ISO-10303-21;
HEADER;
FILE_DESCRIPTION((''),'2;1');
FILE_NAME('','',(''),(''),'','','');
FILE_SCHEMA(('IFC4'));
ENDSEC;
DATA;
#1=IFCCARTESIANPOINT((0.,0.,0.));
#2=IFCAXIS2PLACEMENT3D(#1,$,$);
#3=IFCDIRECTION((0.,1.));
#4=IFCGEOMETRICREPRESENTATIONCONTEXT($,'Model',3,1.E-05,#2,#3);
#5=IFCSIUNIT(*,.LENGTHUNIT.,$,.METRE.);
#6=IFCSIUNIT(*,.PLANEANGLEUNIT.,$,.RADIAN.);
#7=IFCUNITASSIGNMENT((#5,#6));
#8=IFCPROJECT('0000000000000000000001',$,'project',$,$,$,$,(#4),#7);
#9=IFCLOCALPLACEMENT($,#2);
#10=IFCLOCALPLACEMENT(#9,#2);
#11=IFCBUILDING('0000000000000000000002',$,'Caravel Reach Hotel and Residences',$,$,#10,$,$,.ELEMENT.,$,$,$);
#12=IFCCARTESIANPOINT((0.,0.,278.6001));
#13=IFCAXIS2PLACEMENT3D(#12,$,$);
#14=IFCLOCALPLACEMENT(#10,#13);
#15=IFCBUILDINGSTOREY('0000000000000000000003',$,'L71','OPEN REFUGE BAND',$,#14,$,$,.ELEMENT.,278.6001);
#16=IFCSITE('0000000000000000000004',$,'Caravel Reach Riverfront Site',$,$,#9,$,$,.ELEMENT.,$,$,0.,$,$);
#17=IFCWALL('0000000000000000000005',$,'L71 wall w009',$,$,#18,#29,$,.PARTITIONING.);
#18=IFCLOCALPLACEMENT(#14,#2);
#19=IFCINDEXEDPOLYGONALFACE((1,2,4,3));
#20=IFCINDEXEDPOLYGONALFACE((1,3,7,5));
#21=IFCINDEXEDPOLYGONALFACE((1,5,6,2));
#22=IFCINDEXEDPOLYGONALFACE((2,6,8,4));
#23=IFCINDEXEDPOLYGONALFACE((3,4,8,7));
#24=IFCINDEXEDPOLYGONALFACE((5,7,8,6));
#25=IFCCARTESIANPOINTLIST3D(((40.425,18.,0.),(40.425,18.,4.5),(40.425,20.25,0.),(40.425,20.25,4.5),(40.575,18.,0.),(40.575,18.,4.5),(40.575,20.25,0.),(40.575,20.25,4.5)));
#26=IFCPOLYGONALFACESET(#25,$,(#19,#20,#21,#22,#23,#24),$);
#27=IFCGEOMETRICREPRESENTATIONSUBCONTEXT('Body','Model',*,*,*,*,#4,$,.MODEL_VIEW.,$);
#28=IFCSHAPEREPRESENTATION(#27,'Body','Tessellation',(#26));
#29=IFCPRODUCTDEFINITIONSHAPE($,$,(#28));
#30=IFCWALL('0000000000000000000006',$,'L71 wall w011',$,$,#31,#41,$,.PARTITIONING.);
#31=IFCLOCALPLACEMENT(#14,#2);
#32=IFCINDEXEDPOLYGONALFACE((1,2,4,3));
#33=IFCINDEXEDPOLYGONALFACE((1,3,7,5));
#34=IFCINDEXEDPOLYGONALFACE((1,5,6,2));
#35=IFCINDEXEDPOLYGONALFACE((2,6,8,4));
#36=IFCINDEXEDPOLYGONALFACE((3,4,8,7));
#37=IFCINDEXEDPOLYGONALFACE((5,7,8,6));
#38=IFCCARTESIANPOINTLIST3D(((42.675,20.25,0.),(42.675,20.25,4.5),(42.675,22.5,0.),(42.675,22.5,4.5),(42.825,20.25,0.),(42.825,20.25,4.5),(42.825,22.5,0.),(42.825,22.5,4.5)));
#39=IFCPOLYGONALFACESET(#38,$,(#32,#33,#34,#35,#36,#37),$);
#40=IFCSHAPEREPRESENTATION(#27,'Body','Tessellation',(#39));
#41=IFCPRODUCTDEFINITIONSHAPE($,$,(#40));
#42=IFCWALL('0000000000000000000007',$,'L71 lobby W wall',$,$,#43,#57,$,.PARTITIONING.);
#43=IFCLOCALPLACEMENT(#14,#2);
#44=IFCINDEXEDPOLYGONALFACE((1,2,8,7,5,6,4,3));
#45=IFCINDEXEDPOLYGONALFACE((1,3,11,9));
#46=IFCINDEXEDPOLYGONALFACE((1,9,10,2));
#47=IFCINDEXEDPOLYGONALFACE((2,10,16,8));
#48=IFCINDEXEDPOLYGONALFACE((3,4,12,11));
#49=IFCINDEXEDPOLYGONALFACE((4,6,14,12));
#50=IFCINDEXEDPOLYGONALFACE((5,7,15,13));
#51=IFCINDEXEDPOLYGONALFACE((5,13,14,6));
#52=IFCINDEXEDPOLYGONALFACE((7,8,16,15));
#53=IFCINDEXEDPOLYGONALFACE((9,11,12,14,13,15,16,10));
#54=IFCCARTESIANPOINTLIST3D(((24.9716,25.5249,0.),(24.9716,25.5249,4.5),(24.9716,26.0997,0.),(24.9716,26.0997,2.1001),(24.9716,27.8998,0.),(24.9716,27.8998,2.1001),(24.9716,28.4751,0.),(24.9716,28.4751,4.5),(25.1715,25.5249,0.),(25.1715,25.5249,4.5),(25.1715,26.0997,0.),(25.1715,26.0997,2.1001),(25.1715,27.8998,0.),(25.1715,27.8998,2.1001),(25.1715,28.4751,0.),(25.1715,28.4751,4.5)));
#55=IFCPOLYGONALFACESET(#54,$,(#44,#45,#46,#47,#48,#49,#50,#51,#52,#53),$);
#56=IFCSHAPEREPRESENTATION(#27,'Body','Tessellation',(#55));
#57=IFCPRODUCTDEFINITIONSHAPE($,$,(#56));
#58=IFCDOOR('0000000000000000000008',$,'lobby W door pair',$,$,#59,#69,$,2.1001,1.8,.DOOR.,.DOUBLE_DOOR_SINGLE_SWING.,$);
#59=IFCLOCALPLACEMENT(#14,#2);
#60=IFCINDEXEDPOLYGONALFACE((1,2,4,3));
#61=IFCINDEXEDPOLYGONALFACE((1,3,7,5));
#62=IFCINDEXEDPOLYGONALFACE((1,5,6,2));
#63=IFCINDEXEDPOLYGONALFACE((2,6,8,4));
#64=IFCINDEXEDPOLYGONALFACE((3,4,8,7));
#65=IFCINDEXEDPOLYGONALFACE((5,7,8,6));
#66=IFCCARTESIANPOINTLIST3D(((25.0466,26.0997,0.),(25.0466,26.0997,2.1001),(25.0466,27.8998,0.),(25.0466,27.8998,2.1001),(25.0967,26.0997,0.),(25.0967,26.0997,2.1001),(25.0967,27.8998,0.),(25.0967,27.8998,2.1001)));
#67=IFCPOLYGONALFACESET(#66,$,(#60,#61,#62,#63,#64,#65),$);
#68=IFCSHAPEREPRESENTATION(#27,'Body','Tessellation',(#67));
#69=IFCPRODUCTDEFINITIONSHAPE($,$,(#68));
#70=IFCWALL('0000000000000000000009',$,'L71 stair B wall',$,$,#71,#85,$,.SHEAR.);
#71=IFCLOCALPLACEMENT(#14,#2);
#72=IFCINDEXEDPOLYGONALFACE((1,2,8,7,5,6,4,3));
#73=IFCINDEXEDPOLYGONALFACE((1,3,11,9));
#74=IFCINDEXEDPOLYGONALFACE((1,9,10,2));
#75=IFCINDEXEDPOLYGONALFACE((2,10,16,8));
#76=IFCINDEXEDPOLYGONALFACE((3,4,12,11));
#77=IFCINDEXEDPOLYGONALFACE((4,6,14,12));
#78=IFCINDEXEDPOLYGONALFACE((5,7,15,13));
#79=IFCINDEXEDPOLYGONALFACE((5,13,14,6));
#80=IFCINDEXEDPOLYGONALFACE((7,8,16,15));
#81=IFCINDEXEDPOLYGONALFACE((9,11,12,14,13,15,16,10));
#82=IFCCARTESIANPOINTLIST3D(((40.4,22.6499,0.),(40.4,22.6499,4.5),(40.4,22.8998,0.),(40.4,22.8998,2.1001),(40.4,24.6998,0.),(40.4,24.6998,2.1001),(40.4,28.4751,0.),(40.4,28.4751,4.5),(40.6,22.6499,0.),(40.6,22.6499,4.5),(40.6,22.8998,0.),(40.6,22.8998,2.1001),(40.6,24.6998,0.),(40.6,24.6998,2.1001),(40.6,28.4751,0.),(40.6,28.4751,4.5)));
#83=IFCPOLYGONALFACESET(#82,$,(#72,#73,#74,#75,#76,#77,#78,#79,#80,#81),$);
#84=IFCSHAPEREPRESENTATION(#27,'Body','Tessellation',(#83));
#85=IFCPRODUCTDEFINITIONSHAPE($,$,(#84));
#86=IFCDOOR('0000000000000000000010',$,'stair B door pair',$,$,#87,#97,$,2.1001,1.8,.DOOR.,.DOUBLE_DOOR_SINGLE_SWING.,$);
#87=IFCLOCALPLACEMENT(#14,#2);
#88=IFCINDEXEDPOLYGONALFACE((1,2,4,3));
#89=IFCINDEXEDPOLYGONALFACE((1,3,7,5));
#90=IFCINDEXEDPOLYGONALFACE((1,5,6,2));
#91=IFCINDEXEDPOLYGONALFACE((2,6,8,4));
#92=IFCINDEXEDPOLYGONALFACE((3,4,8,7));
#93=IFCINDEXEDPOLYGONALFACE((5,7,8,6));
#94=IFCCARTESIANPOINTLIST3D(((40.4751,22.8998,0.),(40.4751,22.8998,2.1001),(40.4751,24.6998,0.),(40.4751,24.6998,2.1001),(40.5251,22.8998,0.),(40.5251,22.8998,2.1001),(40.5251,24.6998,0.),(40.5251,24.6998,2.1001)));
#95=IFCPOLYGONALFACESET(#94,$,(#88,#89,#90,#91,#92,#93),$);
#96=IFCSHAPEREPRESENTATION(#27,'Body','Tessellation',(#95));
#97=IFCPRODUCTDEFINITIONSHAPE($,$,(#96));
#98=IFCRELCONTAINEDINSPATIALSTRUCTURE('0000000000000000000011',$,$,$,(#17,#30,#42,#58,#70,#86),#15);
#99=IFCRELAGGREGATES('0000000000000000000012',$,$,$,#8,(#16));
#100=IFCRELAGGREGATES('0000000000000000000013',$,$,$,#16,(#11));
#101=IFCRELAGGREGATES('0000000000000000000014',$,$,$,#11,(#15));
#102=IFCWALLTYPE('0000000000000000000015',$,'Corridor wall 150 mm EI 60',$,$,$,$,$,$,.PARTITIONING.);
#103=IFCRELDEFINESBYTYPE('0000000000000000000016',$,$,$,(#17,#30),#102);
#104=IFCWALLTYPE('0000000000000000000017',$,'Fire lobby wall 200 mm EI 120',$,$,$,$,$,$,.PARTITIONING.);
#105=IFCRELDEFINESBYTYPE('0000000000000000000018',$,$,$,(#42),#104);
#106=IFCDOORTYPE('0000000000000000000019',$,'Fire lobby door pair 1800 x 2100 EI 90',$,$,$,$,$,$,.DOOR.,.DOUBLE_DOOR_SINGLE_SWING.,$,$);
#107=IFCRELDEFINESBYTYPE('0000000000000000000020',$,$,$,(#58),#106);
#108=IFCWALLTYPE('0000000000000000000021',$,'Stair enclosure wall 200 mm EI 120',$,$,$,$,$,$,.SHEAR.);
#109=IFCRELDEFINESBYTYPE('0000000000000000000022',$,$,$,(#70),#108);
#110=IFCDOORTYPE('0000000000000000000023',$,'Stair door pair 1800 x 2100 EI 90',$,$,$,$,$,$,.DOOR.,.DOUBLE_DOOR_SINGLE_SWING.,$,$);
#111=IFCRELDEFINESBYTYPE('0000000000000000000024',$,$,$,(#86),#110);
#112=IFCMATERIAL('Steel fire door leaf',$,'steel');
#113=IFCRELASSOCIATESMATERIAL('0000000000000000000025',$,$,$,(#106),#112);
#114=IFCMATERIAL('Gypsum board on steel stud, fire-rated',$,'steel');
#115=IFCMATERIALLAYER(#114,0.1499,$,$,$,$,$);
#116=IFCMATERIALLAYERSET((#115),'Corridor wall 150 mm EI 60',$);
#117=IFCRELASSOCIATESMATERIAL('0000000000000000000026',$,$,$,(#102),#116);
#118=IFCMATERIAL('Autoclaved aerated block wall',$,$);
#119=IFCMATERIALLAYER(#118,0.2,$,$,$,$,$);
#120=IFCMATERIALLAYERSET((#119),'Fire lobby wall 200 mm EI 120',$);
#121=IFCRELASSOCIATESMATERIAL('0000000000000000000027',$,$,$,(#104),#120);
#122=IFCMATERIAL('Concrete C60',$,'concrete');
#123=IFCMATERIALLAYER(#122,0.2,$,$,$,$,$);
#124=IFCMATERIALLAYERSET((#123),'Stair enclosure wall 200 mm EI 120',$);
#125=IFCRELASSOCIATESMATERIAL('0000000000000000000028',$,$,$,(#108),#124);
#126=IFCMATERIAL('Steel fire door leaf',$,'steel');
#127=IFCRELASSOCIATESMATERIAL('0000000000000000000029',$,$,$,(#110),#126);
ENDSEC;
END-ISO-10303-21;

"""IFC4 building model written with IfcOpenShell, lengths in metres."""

from ifc_helpers import new_model, si_unit, direction, frame, frame_2d, origin, place, context, subcontext, project, spatial, rectangle, extrude, material, layer, layer_set, type_object, element, fill, save


model = new_model("IFC4")

# Units and contexts
model_context = context("Model", 3, precision=1e-05, world=origin(), true_north=direction((0.0, 1.0)))
body_context = subcontext(model_context, "Body", "Model", "MODEL_VIEW")
ifc_project = project(units=[si_unit("LENGTHUNIT", "METRE"), si_unit("PLANEANGLEUNIT", "RADIAN")], contexts=[model_context])

# Site, building, storey
site_placement = place(None, origin())
site = spatial("IfcSite", under=ifc_project, at=site_placement, Name="Caravel Reach Riverfront Site", CompositionType="ELEMENT", RefElevation=0.0)
building_placement = place(site_placement, origin())
building = spatial("IfcBuilding", under=site, at=building_placement, Name="Caravel Reach Hotel and Residences", CompositionType="ELEMENT")
storey_placement = place(building_placement, frame((0.0, 0.0, 278.6001)))
storey = spatial("IfcBuildingStorey", under=building, at=storey_placement, Name="L71", Description="OPEN REFUGE BAND", CompositionType="ELEMENT", Elevation=278.6001)

# Shared definitions
ifc_material_1 = material(Name="Steel fire door leaf", Category="steel")
door_type_1 = type_object("IfcDoorType", Name="Fire lobby door pair 1800 x 2100 EI 90", OperationType="DOUBLE_DOOR_SINGLE_SWING", PredefinedType="DOOR", material=ifc_material_1)

# Shared definitions
ifc_material_2 = material(Name="Gypsum board on steel stud, fire-rated", Category="steel")
ifc_layer_1 = layer(ifc_material_2, 0.1499)
ifc_layer_set_1 = layer_set([ifc_layer_1], Name="Corridor wall 150 mm EI 60")
wall_type_1 = type_object("IfcWallType", Name="Corridor wall 150 mm EI 60", PredefinedType="PARTITIONING", material=ifc_layer_set_1)

# Walls
for number, where, z_axis, x_axis, name in (
    (1, (40.5, 18.0, 0.0), (0.0, 0.0, 1.0), (0.0, 1.0, 0.0), "L71 wall w009"),
    (2, (42.75, 20.25, 0.0), (0.0, 0.0, 1.0), (0.0, 1.0, 0.0), "L71 wall w011"),
):
    element("IfcWall", number, at=place(storey_placement, frame(where, z_axis=z_axis, x_axis=x_axis)), inside=storey, type_object=wall_type_1, Name=name, PredefinedType="PARTITIONING", context=body_context, shape_type="SweptSolid", body=[
        extrude(rectangle(XDim=2.25, YDim=0.1499, at=frame_2d((1.125, 0.0))), origin(), (0.0, 0.0, 1.0), 4.5),
    ])

# Walls, openings, doors
ifc_material_3 = material(Name="Autoclaved aerated block wall")
ifc_layer_2 = layer(ifc_material_3, 0.2)
ifc_layer_set_2 = layer_set([ifc_layer_2], Name="Fire lobby wall 200 mm EI 120")
wall_type_2 = type_object("IfcWallType", Name="Fire lobby wall 200 mm EI 120", PredefinedType="PARTITIONING", material=ifc_layer_set_2)
wall_1_placement = place(storey_placement, frame((25.0715, 25.5249, 0.0), z_axis=(0.0, 0.0, 1.0), x_axis=(0.0, 1.0, 0.0)))
wall_1 = element("IfcWall", 3, at=wall_1_placement, inside=storey, type_object=wall_type_2, Name="L71 lobby W wall", PredefinedType="PARTITIONING", context=body_context, shape_type="SweptSolid", body=[
    extrude(rectangle(XDim=2.9502, YDim=0.2, at=frame_2d((1.4751, 0.0))), origin(), (0.0, 0.0, 1.0), 4.5),
])
opening_1_placement = place(wall_1_placement, frame((0.575, 0.0, 0.0)))
opening_1 = element("IfcOpeningElement", 4, at=opening_1_placement, cuts=wall_1, PredefinedType="OPENING", context=body_context, shape_type="SweptSolid", body=[
    extrude(rectangle(XDim=1.8, YDim=2.1001, at=frame_2d((0.8999, 1.05))), frame((0.0, 0.1099, 0.0), z_axis=(0.0, -1.0, 0.0), x_axis=(1.0, 0.0, 0.0)), (0.0, 0.0, 1.0), 0.22),
])
door_1_placement = place(opening_1_placement, origin())
door_1 = element("IfcDoor", 5, at=door_1_placement, inside=storey, type_object=door_type_1, Name="lobby W door pair", OperationType="DOUBLE_DOOR_SINGLE_SWING", OverallHeight=2.1001, OverallWidth=1.8, PredefinedType="DOOR", context=body_context, shape_type="SweptSolid", body=[
    extrude(rectangle(XDim=1.8, YDim=2.1001, at=frame_2d((0.8999, 1.05))), frame((0.0, 0.0249, 0.0), z_axis=(0.0, -1.0, 0.0), x_axis=(1.0, 0.0, 0.0)), (0.0, 0.0, 1.0), 0.05),
])
fill(opening_1, door_1)
ifc_material_4 = material(Name="Concrete C60", Category="concrete")
ifc_layer_3 = layer(ifc_material_4, 0.2)
ifc_layer_set_3 = layer_set([ifc_layer_3], Name="Stair enclosure wall 200 mm EI 120")
wall_type_3 = type_object("IfcWallType", Name="Stair enclosure wall 200 mm EI 120", PredefinedType="SHEAR", material=ifc_layer_set_3)
wall_2_placement = place(storey_placement, frame((40.5, 22.6499, 0.0), z_axis=(0.0, 0.0, 1.0), x_axis=(0.0, 1.0, 0.0)))
wall_2 = element("IfcWall", 6, at=wall_2_placement, inside=storey, type_object=wall_type_3, Name="L71 stair B wall", PredefinedType="SHEAR", context=body_context, shape_type="SweptSolid", body=[
    extrude(rectangle(XDim=5.8252, YDim=0.2, at=frame_2d((2.9126, 0.0))), origin(), (0.0, 0.0, 1.0), 4.5),
])
opening_2_placement = place(wall_2_placement, frame((0.25, 0.0, 0.0)))
opening_2 = element("IfcOpeningElement", 7, at=opening_2_placement, cuts=wall_2, PredefinedType="OPENING", context=body_context, shape_type="SweptSolid", body=[
    extrude(rectangle(XDim=1.8, YDim=2.1001, at=frame_2d((0.8999, 1.05))), frame((0.0, 0.1099, 0.0), z_axis=(0.0, -1.0, 0.0), x_axis=(1.0, 0.0, 0.0)), (0.0, 0.0, 1.0), 0.22),
])
ifc_material_5 = material(Name="Steel fire door leaf", Category="steel")
door_type_2 = type_object("IfcDoorType", Name="Stair door pair 1800 x 2100 EI 90", OperationType="DOUBLE_DOOR_SINGLE_SWING", PredefinedType="DOOR", material=ifc_material_5)
door_2_placement = place(opening_2_placement, origin())
door_2 = element("IfcDoor", 8, at=door_2_placement, inside=storey, type_object=door_type_2, Name="stair B door pair", OperationType="DOUBLE_DOOR_SINGLE_SWING", OverallHeight=2.1001, OverallWidth=1.8, PredefinedType="DOOR", context=body_context, shape_type="SweptSolid", body=[
    extrude(rectangle(XDim=1.8, YDim=2.1001, at=frame_2d((0.8999, 1.05))), frame((0.0, 0.0249, 0.0), z_axis=(0.0, -1.0, 0.0), x_axis=(1.0, 0.0, 0.0)), (0.0, 0.0, 1.0), 0.05),
])
fill(opening_2, door_2)

save(model, "model.ifc")
